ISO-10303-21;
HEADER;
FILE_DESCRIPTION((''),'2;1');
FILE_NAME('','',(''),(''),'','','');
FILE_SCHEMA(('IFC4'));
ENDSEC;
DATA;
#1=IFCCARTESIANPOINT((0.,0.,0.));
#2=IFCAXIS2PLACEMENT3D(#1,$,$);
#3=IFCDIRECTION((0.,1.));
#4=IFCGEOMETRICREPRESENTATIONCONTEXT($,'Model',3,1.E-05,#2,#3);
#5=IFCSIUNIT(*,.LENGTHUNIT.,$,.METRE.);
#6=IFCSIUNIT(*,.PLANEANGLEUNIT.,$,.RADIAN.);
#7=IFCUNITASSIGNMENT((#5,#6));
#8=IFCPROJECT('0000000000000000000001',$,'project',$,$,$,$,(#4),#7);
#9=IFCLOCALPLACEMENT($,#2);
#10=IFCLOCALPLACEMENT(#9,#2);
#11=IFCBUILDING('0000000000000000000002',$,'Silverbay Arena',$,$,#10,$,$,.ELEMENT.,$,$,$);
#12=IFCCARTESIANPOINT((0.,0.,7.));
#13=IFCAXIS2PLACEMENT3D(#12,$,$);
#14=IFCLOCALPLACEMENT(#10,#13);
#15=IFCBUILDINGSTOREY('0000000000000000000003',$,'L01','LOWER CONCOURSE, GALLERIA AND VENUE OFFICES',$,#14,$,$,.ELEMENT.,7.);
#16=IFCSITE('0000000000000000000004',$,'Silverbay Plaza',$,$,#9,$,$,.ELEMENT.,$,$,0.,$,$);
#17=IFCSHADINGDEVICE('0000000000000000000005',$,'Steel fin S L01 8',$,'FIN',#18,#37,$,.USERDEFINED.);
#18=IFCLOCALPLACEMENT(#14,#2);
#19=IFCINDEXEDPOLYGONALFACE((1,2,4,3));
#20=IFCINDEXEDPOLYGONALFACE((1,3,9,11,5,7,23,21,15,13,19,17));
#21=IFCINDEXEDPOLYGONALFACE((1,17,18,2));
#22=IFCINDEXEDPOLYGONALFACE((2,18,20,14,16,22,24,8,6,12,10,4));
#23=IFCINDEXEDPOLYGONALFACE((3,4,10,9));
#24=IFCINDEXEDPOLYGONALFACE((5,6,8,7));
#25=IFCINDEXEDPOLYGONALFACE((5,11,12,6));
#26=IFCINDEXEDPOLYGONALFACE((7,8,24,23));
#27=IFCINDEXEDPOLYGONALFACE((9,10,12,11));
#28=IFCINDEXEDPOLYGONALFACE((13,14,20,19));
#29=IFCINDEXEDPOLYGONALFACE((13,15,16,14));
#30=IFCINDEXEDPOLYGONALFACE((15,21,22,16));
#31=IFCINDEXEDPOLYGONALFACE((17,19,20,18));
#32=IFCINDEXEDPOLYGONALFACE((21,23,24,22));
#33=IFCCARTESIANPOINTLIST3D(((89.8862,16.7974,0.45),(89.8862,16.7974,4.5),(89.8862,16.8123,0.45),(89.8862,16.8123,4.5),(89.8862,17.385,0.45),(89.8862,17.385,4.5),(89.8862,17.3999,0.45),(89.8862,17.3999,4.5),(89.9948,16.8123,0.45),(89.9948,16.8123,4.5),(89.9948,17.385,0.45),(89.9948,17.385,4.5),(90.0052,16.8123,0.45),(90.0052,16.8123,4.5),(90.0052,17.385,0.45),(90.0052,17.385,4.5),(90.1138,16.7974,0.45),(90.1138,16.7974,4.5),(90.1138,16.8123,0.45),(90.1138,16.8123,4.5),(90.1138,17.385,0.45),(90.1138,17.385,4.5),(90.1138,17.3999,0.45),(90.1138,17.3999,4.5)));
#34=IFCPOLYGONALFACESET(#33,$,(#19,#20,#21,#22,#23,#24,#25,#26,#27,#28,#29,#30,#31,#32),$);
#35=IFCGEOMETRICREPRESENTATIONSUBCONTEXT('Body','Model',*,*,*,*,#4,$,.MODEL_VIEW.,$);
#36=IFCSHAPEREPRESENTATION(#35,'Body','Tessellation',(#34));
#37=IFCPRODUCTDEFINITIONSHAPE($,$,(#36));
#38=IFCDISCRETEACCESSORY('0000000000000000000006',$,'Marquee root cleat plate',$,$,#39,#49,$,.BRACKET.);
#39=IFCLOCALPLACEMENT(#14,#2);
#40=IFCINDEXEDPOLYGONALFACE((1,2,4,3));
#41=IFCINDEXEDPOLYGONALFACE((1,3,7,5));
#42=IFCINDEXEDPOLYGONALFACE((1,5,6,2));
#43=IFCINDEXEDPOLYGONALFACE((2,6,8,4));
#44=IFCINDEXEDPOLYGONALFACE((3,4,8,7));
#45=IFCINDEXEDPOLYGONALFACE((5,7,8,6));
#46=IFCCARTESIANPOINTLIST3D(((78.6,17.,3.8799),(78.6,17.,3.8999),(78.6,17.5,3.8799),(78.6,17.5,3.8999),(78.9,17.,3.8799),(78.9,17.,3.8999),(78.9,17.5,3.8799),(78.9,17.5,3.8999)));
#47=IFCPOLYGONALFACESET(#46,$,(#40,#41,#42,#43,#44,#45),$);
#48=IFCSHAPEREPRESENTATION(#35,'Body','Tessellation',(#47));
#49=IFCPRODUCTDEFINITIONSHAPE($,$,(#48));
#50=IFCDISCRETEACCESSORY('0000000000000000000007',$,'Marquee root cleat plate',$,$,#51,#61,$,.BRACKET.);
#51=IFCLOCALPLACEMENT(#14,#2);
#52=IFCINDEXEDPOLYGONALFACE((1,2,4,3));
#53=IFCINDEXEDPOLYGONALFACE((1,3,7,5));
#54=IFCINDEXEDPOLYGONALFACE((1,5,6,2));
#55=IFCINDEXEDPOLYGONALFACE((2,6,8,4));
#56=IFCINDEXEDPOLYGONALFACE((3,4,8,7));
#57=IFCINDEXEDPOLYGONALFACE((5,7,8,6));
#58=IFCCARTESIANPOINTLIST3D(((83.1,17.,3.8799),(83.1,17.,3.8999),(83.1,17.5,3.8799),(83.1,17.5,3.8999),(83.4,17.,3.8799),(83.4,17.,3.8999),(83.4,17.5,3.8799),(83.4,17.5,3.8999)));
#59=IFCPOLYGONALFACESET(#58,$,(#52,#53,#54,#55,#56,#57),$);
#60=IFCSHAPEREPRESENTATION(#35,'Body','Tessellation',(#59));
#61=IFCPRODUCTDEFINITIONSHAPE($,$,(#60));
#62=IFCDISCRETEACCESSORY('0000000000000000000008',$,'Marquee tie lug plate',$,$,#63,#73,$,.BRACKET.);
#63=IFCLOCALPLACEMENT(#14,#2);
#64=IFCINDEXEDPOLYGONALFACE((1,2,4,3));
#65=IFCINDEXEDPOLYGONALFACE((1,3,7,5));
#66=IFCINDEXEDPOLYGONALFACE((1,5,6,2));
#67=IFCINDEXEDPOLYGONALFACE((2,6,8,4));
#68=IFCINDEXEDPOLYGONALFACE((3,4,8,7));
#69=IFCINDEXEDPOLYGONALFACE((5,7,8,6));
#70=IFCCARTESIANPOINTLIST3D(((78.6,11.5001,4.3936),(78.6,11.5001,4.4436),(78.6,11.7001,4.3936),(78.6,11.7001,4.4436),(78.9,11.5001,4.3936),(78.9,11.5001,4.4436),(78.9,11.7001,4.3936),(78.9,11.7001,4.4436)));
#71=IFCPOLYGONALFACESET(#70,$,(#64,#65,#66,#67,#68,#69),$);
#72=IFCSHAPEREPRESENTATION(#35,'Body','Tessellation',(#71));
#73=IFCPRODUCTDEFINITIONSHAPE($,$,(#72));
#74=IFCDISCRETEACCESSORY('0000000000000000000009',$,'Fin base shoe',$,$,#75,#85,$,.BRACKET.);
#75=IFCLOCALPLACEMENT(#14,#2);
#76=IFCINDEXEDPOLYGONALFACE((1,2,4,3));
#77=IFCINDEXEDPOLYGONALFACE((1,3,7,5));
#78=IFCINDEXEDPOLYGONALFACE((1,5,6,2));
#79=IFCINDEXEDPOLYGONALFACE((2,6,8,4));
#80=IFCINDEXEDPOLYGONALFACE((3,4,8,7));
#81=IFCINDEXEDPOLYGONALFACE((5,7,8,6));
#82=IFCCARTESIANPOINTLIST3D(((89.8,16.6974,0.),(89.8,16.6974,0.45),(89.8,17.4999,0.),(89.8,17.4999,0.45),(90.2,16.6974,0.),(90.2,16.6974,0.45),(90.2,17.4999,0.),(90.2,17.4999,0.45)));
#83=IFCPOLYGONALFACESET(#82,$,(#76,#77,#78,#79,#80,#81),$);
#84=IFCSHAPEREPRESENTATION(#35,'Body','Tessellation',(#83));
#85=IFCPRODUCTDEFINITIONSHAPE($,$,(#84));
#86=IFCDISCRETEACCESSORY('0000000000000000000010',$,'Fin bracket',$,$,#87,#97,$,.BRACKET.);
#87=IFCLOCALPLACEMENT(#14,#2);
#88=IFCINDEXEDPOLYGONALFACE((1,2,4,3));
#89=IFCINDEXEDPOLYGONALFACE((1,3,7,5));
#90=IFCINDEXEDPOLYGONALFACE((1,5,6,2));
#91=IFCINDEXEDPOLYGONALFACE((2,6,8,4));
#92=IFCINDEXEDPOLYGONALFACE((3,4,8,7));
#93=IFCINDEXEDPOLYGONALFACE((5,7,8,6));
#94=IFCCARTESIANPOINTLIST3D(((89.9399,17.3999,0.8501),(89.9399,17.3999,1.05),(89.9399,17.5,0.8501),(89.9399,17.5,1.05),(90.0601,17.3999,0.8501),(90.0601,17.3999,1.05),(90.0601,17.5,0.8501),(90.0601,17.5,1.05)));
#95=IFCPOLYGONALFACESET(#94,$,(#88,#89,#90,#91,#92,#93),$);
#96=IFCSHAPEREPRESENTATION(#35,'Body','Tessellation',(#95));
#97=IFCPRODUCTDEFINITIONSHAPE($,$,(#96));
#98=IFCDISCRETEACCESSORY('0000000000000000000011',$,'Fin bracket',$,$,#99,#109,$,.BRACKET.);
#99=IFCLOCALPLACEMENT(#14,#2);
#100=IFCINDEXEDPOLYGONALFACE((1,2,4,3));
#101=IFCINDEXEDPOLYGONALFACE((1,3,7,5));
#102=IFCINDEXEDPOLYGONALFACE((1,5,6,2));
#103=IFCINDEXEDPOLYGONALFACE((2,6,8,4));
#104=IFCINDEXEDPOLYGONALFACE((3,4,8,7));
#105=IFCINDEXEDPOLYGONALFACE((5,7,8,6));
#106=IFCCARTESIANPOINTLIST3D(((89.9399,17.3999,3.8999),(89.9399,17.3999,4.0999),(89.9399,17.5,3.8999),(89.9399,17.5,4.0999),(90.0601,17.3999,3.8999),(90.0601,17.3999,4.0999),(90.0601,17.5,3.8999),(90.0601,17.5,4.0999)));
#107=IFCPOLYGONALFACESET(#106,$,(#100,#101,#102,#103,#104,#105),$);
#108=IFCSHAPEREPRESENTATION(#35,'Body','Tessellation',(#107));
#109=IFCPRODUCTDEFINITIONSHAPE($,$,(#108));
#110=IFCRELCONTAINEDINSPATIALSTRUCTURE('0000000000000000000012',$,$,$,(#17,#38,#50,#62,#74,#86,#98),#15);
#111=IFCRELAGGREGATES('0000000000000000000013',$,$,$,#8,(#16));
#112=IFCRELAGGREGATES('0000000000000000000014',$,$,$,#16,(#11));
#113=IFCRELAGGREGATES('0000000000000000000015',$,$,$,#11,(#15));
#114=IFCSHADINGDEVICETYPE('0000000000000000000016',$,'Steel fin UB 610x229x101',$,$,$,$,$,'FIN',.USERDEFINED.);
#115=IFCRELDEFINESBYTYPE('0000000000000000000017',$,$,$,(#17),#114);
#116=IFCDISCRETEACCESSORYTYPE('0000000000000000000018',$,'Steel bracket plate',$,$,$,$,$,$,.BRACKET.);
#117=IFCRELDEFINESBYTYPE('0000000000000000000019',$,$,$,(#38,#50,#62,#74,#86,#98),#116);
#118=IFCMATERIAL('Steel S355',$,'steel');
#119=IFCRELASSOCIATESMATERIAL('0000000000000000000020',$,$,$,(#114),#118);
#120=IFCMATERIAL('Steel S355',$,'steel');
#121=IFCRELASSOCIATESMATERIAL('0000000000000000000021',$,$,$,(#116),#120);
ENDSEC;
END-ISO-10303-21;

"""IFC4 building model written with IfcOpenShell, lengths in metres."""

from ifc_helpers import new_model, si_unit, direction, frame, origin, origin_2d, place, context, subcontext, project, spatial, rectangle, i_section, extrude, material, material_profile, profile_set, type_object, element, save


model = new_model("IFC4")

# Units and contexts
model_context = context("Model", 3, precision=1e-05, world=origin(), true_north=direction((0.0, 1.0)))
body_context = subcontext(model_context, "Body", "Model", "MODEL_VIEW")
ifc_project = project(units=[si_unit("LENGTHUNIT", "METRE"), si_unit("PLANEANGLEUNIT", "RADIAN")], contexts=[model_context])

# Site, building, storey
site_placement = place(None, origin())
site = spatial("IfcSite", under=ifc_project, at=site_placement, Name="Silverbay Plaza", CompositionType="ELEMENT", RefElevation=0.0)
building_placement = place(site_placement, origin())
building = spatial("IfcBuilding", under=site, at=building_placement, Name="Silverbay Arena", CompositionType="ELEMENT")
storey_placement = place(building_placement, frame((0.0, 0.0, 7.0)))
storey = spatial("IfcBuildingStorey", under=building, at=storey_placement, Name="L01", Description="LOWER CONCOURSE, GALLERIA AND VENUE OFFICES", CompositionType="ELEMENT", Elevation=7.0)

# Shading device
ifc_material_1 = material(Name="Steel S355", Category="steel")
ifc_material_profile_1 = material_profile(ifc_material_1, i_section(OverallWidth=0.2275, OverallDepth=0.6025, WebThickness=0.0105, FlangeThickness=0.0149, at=origin_2d()), Name="UB 610x229x101")
ifc_profile_set_1 = profile_set([ifc_material_profile_1], Name="Steel S355")
shading_device_type_1 = type_object("IfcShadingDeviceType", Name="Steel fin UB 610x229x101", ElementType="FIN", PredefinedType="USERDEFINED", material=ifc_profile_set_1)
shading_device_1_placement = place(storey_placement, frame((90.0, 17.0986, 0.45), z_axis=(0.0, 0.0, 1.0), x_axis=(1.0, 0.0, 0.0)))
element("IfcShadingDevice", 1, at=shading_device_1_placement, inside=storey, type_object=shading_device_type_1, Name="Steel fin S L01 8", ObjectType="FIN", PredefinedType="USERDEFINED", context=body_context, shape_type="SweptSolid", body=[
    extrude(i_section(OverallWidth=0.2275, OverallDepth=0.6025, WebThickness=0.0105, FlangeThickness=0.0149, at=origin_2d()), origin(), (0.0, 0.0, 1.0), 4.05),
])

# Discrete accessories
ifc_material_2 = material(Name="Steel S355", Category="steel")
discrete_accessory_type = type_object("IfcDiscreteAccessoryType", Name="Steel bracket plate", PredefinedType="BRACKET", material=ifc_material_2)
for number, where, z_axis, x_axis, name in (
    (2, (78.75, 17.25, 3.8799), (0.0, 0.0, 1.0), (1.0, 0.0, 0.0), "Marquee root cleat plate"),
    (3, (83.25, 17.25, 3.8799), (0.0, 0.0, 1.0), (1.0, 0.0, 0.0), "Marquee root cleat plate"),
):
    element("IfcDiscreteAccessory", number, at=place(storey_placement, frame(where, z_axis=z_axis, x_axis=x_axis)), inside=storey, type_object=discrete_accessory_type, Name=name, PredefinedType="BRACKET", context=body_context, shape_type="SweptSolid", body=[
        extrude(rectangle(XDim=0.3, YDim=0.5, at=origin_2d()), origin(), (0.0, 0.0, 1.0), 0.02),
    ])
discrete_accessory_1_placement = place(storey_placement, frame((78.75, 11.6001, 4.3936), z_axis=(0.0, 0.0, 1.0), x_axis=(1.0, 0.0, 0.0)))
element("IfcDiscreteAccessory", 4, at=discrete_accessory_1_placement, inside=storey, type_object=discrete_accessory_type, Name="Marquee tie lug plate", PredefinedType="BRACKET", context=body_context, shape_type="SweptSolid", body=[
    extrude(rectangle(XDim=0.3, YDim=0.2, at=origin_2d()), origin(), (0.0, 0.0, 1.0), 0.05),
])
discrete_accessory_2_placement = place(storey_placement, frame((90.0, 17.0986, 0.0), z_axis=(0.0, 0.0, 1.0), x_axis=(1.0, 0.0, 0.0)))
element("IfcDiscreteAccessory", 5, at=discrete_accessory_2_placement, inside=storey, type_object=discrete_accessory_type, Name="Fin base shoe", PredefinedType="BRACKET", context=body_context, shape_type="SweptSolid", body=[
    extrude(rectangle(XDim=0.3999, YDim=0.8025, at=origin_2d()), origin(), (0.0, 0.0, 1.0), 0.45),
])
for number, where, z_axis, x_axis, name in (
    (6, (90.0, 17.45, 0.8501), (0.0, 0.0, 1.0), (1.0, 0.0, 0.0), "Fin bracket"),
    (7, (90.0, 17.45, 3.8999), (0.0, 0.0, 1.0), (1.0, 0.0, 0.0), "Fin bracket"),
):
    element("IfcDiscreteAccessory", number, at=place(storey_placement, frame(where, z_axis=z_axis, x_axis=x_axis)), inside=storey, type_object=discrete_accessory_type, Name=name, PredefinedType="BRACKET", context=body_context, shape_type="SweptSolid", body=[
        extrude(rectangle(XDim=0.1201, YDim=0.1001, at=origin_2d()), origin(), (0.0, 0.0, 1.0), 0.2),
    ])

save(model, "model.ifc")
